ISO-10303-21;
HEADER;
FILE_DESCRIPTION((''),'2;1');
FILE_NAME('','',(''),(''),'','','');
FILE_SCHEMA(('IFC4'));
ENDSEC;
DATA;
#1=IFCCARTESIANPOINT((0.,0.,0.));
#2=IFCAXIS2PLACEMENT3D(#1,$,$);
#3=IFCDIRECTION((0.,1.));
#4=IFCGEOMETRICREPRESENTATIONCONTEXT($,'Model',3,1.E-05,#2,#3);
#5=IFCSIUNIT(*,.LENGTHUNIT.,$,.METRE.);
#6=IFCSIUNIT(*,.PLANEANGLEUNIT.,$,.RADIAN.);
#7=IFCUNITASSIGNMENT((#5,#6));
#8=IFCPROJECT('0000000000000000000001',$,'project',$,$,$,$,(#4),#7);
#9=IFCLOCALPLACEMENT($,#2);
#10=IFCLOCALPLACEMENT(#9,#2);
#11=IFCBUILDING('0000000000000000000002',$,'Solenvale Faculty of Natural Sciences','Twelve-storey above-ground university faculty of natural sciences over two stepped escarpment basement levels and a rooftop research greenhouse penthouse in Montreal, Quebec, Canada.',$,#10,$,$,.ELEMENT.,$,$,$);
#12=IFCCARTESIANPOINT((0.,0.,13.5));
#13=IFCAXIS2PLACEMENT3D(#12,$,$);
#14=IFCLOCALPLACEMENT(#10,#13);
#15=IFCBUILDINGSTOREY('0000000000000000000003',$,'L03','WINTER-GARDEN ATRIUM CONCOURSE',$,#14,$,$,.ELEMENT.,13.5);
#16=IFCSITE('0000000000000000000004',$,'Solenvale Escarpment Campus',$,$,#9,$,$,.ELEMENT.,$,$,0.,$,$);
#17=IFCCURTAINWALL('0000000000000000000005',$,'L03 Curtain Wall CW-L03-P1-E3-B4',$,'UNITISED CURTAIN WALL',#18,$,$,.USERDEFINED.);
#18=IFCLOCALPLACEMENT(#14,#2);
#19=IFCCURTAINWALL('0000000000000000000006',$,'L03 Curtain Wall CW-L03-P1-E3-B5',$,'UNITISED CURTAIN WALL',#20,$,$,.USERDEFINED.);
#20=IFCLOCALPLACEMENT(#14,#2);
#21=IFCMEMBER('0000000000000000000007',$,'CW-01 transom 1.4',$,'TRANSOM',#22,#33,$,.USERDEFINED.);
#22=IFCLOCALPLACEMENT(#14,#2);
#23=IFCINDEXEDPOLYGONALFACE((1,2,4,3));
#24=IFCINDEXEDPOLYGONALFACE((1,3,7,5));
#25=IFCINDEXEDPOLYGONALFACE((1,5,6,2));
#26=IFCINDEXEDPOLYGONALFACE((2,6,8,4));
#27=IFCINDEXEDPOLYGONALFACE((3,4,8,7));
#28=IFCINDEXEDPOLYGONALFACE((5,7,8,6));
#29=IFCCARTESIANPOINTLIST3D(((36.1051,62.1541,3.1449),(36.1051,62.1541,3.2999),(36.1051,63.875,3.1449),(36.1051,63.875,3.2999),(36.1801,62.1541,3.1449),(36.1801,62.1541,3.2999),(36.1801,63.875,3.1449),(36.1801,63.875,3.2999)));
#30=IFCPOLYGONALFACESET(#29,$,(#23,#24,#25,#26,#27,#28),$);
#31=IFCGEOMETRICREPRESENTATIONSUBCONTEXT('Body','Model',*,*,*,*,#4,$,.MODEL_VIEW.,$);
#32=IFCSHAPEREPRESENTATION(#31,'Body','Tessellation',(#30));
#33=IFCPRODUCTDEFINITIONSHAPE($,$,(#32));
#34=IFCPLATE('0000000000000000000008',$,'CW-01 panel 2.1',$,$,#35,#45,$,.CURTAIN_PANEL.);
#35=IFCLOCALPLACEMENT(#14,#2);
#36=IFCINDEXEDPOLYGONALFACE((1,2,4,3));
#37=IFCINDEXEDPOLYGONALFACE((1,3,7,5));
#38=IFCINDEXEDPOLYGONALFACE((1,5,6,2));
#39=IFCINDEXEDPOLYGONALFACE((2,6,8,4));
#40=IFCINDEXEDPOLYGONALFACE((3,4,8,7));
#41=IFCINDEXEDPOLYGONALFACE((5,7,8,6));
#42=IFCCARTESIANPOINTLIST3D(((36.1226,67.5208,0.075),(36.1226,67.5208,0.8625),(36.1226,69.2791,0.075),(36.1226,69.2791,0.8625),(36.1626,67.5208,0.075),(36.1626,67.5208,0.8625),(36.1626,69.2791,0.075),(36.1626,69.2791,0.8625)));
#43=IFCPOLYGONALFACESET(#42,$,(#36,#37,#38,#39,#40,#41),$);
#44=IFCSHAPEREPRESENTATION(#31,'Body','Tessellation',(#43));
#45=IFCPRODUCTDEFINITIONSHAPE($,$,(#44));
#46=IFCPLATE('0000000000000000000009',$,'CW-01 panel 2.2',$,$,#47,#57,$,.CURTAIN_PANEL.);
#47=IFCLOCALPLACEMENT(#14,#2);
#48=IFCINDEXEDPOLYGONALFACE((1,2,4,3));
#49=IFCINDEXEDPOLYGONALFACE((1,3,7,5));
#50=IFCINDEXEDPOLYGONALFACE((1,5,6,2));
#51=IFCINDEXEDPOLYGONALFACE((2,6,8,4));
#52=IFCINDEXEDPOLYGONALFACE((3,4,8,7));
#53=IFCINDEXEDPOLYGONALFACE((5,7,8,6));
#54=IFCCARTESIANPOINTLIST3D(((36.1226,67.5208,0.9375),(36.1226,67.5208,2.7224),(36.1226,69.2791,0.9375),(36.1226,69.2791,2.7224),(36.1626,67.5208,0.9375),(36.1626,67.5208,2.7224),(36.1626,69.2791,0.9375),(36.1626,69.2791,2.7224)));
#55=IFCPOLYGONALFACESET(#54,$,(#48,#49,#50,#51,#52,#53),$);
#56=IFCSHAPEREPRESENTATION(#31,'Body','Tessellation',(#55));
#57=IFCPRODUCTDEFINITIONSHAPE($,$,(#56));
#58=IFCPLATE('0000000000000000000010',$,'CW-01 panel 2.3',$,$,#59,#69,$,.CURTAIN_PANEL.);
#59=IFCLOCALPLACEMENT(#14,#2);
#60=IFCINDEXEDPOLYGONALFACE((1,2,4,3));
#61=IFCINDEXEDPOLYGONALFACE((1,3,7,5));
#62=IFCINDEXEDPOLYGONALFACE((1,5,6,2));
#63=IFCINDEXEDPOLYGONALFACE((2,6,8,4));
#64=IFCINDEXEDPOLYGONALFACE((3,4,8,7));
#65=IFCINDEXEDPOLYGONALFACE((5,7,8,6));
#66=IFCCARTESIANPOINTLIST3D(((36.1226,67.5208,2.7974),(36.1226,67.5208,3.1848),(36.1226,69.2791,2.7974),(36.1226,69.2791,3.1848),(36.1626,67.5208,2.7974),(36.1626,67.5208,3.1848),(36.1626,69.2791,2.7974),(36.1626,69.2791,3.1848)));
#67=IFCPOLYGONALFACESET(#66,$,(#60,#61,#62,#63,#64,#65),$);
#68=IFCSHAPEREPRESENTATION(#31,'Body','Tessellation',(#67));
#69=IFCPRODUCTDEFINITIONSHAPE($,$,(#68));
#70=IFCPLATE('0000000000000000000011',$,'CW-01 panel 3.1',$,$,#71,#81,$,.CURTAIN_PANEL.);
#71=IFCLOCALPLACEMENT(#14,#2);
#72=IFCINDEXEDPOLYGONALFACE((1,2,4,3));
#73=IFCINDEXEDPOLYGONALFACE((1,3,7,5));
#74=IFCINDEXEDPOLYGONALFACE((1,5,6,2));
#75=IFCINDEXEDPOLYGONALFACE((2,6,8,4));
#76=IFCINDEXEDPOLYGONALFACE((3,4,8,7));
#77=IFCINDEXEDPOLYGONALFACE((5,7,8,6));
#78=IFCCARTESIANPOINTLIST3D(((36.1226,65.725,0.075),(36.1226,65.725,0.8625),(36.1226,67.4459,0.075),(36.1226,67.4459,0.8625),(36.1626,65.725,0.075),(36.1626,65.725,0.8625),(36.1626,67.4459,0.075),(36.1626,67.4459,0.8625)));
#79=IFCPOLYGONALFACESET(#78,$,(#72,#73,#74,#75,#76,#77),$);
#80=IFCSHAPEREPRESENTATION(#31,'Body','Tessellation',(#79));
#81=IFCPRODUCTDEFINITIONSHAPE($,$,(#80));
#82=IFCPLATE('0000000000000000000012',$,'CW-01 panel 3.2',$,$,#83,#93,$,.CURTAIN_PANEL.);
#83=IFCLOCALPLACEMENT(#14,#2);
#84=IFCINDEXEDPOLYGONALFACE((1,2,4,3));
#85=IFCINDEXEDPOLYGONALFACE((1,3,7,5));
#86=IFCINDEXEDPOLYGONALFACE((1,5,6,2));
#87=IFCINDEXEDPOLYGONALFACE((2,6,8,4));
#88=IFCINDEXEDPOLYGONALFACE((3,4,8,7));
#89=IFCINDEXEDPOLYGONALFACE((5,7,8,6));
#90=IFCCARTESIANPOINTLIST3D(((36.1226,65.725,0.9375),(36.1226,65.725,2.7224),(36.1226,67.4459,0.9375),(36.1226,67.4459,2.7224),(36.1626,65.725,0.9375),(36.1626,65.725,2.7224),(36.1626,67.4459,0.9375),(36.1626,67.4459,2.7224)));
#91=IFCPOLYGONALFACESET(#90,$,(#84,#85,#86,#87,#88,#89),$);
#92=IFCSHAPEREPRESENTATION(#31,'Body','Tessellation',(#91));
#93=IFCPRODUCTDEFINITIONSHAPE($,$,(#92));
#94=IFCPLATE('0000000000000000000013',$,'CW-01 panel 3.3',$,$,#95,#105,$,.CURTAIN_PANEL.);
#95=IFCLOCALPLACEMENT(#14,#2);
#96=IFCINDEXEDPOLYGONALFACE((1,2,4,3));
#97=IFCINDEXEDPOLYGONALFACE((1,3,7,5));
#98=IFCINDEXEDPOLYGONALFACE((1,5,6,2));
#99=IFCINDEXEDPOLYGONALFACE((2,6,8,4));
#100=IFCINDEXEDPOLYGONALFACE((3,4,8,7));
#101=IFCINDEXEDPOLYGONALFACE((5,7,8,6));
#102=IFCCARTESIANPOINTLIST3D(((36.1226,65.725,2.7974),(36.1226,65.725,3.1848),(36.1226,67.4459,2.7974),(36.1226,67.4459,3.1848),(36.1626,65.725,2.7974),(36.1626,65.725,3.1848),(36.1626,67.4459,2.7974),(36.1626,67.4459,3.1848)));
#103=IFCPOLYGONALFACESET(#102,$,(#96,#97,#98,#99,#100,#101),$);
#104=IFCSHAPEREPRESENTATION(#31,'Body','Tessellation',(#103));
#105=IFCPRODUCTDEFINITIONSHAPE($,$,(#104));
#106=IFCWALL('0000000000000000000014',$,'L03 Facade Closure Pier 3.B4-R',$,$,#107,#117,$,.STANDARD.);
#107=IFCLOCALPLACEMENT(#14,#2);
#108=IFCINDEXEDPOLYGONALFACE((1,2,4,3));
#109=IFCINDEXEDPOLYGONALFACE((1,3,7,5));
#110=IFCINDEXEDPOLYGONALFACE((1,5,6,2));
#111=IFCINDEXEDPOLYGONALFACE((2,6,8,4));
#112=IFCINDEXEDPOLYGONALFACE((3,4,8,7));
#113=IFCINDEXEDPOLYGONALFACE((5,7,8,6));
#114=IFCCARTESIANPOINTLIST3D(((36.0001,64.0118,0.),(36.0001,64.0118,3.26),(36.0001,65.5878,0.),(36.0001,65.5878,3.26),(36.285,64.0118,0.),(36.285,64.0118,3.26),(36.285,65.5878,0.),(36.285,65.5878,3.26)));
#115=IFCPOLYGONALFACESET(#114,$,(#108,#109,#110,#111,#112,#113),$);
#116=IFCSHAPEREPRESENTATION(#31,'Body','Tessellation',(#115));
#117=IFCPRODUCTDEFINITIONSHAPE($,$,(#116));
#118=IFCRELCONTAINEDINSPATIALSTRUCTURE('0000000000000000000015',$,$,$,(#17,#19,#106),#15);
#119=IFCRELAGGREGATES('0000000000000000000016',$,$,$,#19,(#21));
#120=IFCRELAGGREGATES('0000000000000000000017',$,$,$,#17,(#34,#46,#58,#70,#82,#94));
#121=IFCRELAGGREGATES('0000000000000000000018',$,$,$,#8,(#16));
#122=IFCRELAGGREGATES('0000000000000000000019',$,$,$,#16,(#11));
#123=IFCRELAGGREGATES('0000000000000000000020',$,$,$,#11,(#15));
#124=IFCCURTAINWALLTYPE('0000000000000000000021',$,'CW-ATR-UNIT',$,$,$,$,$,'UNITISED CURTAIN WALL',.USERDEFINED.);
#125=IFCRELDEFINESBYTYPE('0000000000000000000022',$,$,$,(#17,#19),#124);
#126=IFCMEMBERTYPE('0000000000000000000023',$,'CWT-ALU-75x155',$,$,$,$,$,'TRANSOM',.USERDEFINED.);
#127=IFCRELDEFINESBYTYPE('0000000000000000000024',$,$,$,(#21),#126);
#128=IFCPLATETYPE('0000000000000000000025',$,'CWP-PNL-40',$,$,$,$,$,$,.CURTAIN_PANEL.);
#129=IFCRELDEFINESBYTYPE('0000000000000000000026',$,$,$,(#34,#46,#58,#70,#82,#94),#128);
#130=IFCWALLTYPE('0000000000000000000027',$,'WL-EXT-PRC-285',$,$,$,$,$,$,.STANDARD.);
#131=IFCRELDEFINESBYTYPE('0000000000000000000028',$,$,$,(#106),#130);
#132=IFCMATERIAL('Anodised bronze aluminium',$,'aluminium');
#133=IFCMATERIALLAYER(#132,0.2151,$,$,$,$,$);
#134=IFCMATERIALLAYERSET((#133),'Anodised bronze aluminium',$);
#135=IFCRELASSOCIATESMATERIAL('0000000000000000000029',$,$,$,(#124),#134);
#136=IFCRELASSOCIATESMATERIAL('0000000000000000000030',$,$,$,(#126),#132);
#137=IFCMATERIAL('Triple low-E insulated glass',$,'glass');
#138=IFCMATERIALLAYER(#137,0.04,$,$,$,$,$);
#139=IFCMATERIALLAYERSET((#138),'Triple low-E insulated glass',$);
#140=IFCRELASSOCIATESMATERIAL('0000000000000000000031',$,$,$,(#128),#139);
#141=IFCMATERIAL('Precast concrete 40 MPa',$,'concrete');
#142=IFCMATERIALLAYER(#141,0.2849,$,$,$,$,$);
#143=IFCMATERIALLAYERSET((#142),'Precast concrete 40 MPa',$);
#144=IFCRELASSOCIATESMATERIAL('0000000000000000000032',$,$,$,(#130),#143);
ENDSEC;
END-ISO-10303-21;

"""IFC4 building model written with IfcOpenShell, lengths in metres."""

from ifc_helpers import new_model, si_unit, direction, frame, frame_2d, origin, origin_2d, place, context, subcontext, project, spatial, rectangle, extrude, material, layer, layer_set, material_profile, profile_set, type_object, element, aggregate, save


model = new_model("IFC4")

# Units and contexts
model_context = context("Model", 3, precision=1e-05, world=origin(), true_north=direction((0.0, 1.0)))
body_context = subcontext(model_context, "Body", "Model", "MODEL_VIEW")
ifc_project = project(units=[si_unit("LENGTHUNIT", "METRE"), si_unit("PLANEANGLEUNIT", "RADIAN")], contexts=[model_context])

# Site, building, storey
site_placement = place(None, origin())
site = spatial("IfcSite", under=ifc_project, at=site_placement, Name="Solenvale Escarpment Campus", CompositionType="ELEMENT", RefElevation=0.0)
building_placement = place(site_placement, origin())
building = spatial("IfcBuilding", under=site, at=building_placement, Name="Solenvale Faculty of Natural Sciences", Description="Twelve-storey above-ground university faculty of natural sciences over two stepped escarpment basement levels and a rooftop research greenhouse penthouse in Montreal, Quebec, Canada.", CompositionType="ELEMENT")
storey_placement = place(building_placement, frame((0.0, 0.0, 13.5)))
storey = spatial("IfcBuildingStorey", under=building, at=storey_placement, Name="L03", Description="WINTER-GARDEN ATRIUM CONCOURSE", CompositionType="ELEMENT", Elevation=13.5)

# Curtain wall
ifc_material_1 = material(Name="Anodised bronze aluminium", Category="aluminium")
ifc_layer_1 = layer(ifc_material_1, 0.2151)
ifc_layer_set_1 = layer_set([ifc_layer_1], Name="Anodised bronze aluminium")
curtain_wall_type = type_object("IfcCurtainWallType", Name="CW-ATR-UNIT", ElementType="UNITISED CURTAIN WALL", PredefinedType="USERDEFINED", material=ifc_layer_set_1)
curtain_wall_1_placement = place(storey_placement, origin())
curtain_wall_1 = element("IfcCurtainWall", 1, at=curtain_wall_1_placement, inside=storey, type_object=curtain_wall_type, Name="L03 Curtain Wall CW-L03-P1-E3-B4", ObjectType="UNITISED CURTAIN WALL", PredefinedType="USERDEFINED")

# Curtain wall
curtain_wall_2_placement = place(storey_placement, origin())
curtain_wall_2 = element("IfcCurtainWall", 2, at=curtain_wall_2_placement, inside=storey, type_object=curtain_wall_type, Name="L03 Curtain Wall CW-L03-P1-E3-B5", ObjectType="UNITISED CURTAIN WALL", PredefinedType="USERDEFINED")

# Member
ifc_material_profile_1 = material_profile(ifc_material_1, rectangle(XDim=0.075, YDim=0.155, at=origin_2d()), Name="ALU-TRN-75x155")
ifc_profile_set_1 = profile_set([ifc_material_profile_1], Name="Anodised bronze aluminium")
member_type_1 = type_object("IfcMemberType", Name="CWT-ALU-75x155", ElementType="TRANSOM", PredefinedType="USERDEFINED", material=ifc_profile_set_1)
member_1_placement = place(storey_placement, frame((36.1426, 63.875, 3.2224), z_axis=(0.0, -1.0, 0.0), x_axis=(1.0, 0.0, 0.0)))
member_1 = element("IfcMember", 3, at=member_1_placement, type_object=member_type_1, Name="CW-01 transom 1.4", ObjectType="TRANSOM", PredefinedType="USERDEFINED", context=body_context, shape_type="SweptSolid", body=[
    extrude(rectangle(XDim=0.075, YDim=0.155, at=origin_2d()), origin(), (0.0, 0.0, 1.0), 1.7209),
])
aggregate(curtain_wall_2, [member_1])

# Plates
ifc_material_2 = material(Name="Triple low-E insulated glass", Category="glass")
ifc_layer_2 = layer(ifc_material_2, 0.04)
ifc_layer_set_2 = layer_set([ifc_layer_2], Name="Triple low-E insulated glass")
plate_type = type_object("IfcPlateType", Name="CWP-PNL-40", PredefinedType="CURTAIN_PANEL", material=ifc_layer_set_2)
plate_1_placement = place(storey_placement, frame((36.1426, 68.3999, 0.075), z_axis=(0.0, 0.0, 1.0), x_axis=(0.0, -1.0, 0.0)))
plate_1 = element("IfcPlate", 4, at=plate_1_placement, type_object=plate_type, Name="CW-01 panel 2.1", PredefinedType="CURTAIN_PANEL", context=body_context, shape_type="SweptSolid", body=[
    extrude(rectangle(XDim=1.7583, YDim=0.04, at=origin_2d()), origin(), (0.0, 0.0, 1.0), 0.7876),
])
plate_2_placement = place(storey_placement, frame((36.1426, 68.3999, 0.9375), z_axis=(0.0, 0.0, 1.0), x_axis=(0.0, -1.0, 0.0)))
plate_2 = element("IfcPlate", 5, at=plate_2_placement, type_object=plate_type, Name="CW-01 panel 2.2", PredefinedType="CURTAIN_PANEL", context=body_context, shape_type="SweptSolid", body=[
    extrude(rectangle(XDim=1.7583, YDim=0.04, at=origin_2d()), origin(), (0.0, 0.0, 1.0), 1.7849),
])
plate_3_placement = place(storey_placement, frame((36.1426, 68.3999, 2.7974), z_axis=(0.0, 0.0, 1.0), x_axis=(0.0, -1.0, 0.0)))
plate_3 = element("IfcPlate", 6, at=plate_3_placement, type_object=plate_type, Name="CW-01 panel 2.3", PredefinedType="CURTAIN_PANEL", context=body_context, shape_type="SweptSolid", body=[
    extrude(rectangle(XDim=1.7583, YDim=0.04, at=origin_2d()), origin(), (0.0, 0.0, 1.0), 0.3875),
])
plate_4_placement = place(storey_placement, frame((36.1426, 66.5854, 0.075), z_axis=(0.0, 0.0, 1.0), x_axis=(0.0, -1.0, 0.0)))
plate_4 = element("IfcPlate", 7, at=plate_4_placement, type_object=plate_type, Name="CW-01 panel 3.1", PredefinedType="CURTAIN_PANEL", context=body_context, shape_type="SweptSolid", body=[
    extrude(rectangle(XDim=1.7209, YDim=0.04, at=origin_2d()), origin(), (0.0, 0.0, 1.0), 0.7876),
])
plate_5_placement = place(storey_placement, frame((36.1426, 66.5854, 0.9375), z_axis=(0.0, 0.0, 1.0), x_axis=(0.0, -1.0, 0.0)))
plate_5 = element("IfcPlate", 8, at=plate_5_placement, type_object=plate_type, Name="CW-01 panel 3.2", PredefinedType="CURTAIN_PANEL", context=body_context, shape_type="SweptSolid", body=[
    extrude(rectangle(XDim=1.7209, YDim=0.04, at=origin_2d()), origin(), (0.0, 0.0, 1.0), 1.7849),
])
plate_6_placement = place(storey_placement, frame((36.1426, 66.5854, 2.7974), z_axis=(0.0, 0.0, 1.0), x_axis=(0.0, -1.0, 0.0)))
plate_6 = element("IfcPlate", 9, at=plate_6_placement, type_object=plate_type, Name="CW-01 panel 3.3", PredefinedType="CURTAIN_PANEL", context=body_context, shape_type="SweptSolid", body=[
    extrude(rectangle(XDim=1.7209, YDim=0.04, at=origin_2d()), origin(), (0.0, 0.0, 1.0), 0.3875),
])
aggregate(curtain_wall_1, [plate_1, plate_2, plate_3, plate_4, plate_5, plate_6])

# Wall
ifc_material_3 = material(Name="Precast concrete 40 MPa", Category="concrete")
ifc_layer_3 = layer(ifc_material_3, 0.2849)
ifc_layer_set_3 = layer_set([ifc_layer_3], Name="Precast concrete 40 MPa")
wall_type = type_object("IfcWallType", Name="WL-EXT-PRC-285", PredefinedType="STANDARD", material=ifc_layer_set_3)
wall_placement = place(storey_placement, frame((36.1426, 65.5879, 0.0), z_axis=(0.0, 0.0, 1.0), x_axis=(0.0, -1.0, 0.0)))
element("IfcWall", 10, at=wall_placement, inside=storey, type_object=wall_type, Name="L03 Facade Closure Pier 3.B4-R", PredefinedType="STANDARD", context=body_context, shape_type="SweptSolid", body=[
    extrude(rectangle(XDim=1.5759, YDim=0.2849, at=frame_2d((0.7881, 0.0))), origin(), (0.0, 0.0, 1.0), 3.26),
])

save(model, "model.ifc")
